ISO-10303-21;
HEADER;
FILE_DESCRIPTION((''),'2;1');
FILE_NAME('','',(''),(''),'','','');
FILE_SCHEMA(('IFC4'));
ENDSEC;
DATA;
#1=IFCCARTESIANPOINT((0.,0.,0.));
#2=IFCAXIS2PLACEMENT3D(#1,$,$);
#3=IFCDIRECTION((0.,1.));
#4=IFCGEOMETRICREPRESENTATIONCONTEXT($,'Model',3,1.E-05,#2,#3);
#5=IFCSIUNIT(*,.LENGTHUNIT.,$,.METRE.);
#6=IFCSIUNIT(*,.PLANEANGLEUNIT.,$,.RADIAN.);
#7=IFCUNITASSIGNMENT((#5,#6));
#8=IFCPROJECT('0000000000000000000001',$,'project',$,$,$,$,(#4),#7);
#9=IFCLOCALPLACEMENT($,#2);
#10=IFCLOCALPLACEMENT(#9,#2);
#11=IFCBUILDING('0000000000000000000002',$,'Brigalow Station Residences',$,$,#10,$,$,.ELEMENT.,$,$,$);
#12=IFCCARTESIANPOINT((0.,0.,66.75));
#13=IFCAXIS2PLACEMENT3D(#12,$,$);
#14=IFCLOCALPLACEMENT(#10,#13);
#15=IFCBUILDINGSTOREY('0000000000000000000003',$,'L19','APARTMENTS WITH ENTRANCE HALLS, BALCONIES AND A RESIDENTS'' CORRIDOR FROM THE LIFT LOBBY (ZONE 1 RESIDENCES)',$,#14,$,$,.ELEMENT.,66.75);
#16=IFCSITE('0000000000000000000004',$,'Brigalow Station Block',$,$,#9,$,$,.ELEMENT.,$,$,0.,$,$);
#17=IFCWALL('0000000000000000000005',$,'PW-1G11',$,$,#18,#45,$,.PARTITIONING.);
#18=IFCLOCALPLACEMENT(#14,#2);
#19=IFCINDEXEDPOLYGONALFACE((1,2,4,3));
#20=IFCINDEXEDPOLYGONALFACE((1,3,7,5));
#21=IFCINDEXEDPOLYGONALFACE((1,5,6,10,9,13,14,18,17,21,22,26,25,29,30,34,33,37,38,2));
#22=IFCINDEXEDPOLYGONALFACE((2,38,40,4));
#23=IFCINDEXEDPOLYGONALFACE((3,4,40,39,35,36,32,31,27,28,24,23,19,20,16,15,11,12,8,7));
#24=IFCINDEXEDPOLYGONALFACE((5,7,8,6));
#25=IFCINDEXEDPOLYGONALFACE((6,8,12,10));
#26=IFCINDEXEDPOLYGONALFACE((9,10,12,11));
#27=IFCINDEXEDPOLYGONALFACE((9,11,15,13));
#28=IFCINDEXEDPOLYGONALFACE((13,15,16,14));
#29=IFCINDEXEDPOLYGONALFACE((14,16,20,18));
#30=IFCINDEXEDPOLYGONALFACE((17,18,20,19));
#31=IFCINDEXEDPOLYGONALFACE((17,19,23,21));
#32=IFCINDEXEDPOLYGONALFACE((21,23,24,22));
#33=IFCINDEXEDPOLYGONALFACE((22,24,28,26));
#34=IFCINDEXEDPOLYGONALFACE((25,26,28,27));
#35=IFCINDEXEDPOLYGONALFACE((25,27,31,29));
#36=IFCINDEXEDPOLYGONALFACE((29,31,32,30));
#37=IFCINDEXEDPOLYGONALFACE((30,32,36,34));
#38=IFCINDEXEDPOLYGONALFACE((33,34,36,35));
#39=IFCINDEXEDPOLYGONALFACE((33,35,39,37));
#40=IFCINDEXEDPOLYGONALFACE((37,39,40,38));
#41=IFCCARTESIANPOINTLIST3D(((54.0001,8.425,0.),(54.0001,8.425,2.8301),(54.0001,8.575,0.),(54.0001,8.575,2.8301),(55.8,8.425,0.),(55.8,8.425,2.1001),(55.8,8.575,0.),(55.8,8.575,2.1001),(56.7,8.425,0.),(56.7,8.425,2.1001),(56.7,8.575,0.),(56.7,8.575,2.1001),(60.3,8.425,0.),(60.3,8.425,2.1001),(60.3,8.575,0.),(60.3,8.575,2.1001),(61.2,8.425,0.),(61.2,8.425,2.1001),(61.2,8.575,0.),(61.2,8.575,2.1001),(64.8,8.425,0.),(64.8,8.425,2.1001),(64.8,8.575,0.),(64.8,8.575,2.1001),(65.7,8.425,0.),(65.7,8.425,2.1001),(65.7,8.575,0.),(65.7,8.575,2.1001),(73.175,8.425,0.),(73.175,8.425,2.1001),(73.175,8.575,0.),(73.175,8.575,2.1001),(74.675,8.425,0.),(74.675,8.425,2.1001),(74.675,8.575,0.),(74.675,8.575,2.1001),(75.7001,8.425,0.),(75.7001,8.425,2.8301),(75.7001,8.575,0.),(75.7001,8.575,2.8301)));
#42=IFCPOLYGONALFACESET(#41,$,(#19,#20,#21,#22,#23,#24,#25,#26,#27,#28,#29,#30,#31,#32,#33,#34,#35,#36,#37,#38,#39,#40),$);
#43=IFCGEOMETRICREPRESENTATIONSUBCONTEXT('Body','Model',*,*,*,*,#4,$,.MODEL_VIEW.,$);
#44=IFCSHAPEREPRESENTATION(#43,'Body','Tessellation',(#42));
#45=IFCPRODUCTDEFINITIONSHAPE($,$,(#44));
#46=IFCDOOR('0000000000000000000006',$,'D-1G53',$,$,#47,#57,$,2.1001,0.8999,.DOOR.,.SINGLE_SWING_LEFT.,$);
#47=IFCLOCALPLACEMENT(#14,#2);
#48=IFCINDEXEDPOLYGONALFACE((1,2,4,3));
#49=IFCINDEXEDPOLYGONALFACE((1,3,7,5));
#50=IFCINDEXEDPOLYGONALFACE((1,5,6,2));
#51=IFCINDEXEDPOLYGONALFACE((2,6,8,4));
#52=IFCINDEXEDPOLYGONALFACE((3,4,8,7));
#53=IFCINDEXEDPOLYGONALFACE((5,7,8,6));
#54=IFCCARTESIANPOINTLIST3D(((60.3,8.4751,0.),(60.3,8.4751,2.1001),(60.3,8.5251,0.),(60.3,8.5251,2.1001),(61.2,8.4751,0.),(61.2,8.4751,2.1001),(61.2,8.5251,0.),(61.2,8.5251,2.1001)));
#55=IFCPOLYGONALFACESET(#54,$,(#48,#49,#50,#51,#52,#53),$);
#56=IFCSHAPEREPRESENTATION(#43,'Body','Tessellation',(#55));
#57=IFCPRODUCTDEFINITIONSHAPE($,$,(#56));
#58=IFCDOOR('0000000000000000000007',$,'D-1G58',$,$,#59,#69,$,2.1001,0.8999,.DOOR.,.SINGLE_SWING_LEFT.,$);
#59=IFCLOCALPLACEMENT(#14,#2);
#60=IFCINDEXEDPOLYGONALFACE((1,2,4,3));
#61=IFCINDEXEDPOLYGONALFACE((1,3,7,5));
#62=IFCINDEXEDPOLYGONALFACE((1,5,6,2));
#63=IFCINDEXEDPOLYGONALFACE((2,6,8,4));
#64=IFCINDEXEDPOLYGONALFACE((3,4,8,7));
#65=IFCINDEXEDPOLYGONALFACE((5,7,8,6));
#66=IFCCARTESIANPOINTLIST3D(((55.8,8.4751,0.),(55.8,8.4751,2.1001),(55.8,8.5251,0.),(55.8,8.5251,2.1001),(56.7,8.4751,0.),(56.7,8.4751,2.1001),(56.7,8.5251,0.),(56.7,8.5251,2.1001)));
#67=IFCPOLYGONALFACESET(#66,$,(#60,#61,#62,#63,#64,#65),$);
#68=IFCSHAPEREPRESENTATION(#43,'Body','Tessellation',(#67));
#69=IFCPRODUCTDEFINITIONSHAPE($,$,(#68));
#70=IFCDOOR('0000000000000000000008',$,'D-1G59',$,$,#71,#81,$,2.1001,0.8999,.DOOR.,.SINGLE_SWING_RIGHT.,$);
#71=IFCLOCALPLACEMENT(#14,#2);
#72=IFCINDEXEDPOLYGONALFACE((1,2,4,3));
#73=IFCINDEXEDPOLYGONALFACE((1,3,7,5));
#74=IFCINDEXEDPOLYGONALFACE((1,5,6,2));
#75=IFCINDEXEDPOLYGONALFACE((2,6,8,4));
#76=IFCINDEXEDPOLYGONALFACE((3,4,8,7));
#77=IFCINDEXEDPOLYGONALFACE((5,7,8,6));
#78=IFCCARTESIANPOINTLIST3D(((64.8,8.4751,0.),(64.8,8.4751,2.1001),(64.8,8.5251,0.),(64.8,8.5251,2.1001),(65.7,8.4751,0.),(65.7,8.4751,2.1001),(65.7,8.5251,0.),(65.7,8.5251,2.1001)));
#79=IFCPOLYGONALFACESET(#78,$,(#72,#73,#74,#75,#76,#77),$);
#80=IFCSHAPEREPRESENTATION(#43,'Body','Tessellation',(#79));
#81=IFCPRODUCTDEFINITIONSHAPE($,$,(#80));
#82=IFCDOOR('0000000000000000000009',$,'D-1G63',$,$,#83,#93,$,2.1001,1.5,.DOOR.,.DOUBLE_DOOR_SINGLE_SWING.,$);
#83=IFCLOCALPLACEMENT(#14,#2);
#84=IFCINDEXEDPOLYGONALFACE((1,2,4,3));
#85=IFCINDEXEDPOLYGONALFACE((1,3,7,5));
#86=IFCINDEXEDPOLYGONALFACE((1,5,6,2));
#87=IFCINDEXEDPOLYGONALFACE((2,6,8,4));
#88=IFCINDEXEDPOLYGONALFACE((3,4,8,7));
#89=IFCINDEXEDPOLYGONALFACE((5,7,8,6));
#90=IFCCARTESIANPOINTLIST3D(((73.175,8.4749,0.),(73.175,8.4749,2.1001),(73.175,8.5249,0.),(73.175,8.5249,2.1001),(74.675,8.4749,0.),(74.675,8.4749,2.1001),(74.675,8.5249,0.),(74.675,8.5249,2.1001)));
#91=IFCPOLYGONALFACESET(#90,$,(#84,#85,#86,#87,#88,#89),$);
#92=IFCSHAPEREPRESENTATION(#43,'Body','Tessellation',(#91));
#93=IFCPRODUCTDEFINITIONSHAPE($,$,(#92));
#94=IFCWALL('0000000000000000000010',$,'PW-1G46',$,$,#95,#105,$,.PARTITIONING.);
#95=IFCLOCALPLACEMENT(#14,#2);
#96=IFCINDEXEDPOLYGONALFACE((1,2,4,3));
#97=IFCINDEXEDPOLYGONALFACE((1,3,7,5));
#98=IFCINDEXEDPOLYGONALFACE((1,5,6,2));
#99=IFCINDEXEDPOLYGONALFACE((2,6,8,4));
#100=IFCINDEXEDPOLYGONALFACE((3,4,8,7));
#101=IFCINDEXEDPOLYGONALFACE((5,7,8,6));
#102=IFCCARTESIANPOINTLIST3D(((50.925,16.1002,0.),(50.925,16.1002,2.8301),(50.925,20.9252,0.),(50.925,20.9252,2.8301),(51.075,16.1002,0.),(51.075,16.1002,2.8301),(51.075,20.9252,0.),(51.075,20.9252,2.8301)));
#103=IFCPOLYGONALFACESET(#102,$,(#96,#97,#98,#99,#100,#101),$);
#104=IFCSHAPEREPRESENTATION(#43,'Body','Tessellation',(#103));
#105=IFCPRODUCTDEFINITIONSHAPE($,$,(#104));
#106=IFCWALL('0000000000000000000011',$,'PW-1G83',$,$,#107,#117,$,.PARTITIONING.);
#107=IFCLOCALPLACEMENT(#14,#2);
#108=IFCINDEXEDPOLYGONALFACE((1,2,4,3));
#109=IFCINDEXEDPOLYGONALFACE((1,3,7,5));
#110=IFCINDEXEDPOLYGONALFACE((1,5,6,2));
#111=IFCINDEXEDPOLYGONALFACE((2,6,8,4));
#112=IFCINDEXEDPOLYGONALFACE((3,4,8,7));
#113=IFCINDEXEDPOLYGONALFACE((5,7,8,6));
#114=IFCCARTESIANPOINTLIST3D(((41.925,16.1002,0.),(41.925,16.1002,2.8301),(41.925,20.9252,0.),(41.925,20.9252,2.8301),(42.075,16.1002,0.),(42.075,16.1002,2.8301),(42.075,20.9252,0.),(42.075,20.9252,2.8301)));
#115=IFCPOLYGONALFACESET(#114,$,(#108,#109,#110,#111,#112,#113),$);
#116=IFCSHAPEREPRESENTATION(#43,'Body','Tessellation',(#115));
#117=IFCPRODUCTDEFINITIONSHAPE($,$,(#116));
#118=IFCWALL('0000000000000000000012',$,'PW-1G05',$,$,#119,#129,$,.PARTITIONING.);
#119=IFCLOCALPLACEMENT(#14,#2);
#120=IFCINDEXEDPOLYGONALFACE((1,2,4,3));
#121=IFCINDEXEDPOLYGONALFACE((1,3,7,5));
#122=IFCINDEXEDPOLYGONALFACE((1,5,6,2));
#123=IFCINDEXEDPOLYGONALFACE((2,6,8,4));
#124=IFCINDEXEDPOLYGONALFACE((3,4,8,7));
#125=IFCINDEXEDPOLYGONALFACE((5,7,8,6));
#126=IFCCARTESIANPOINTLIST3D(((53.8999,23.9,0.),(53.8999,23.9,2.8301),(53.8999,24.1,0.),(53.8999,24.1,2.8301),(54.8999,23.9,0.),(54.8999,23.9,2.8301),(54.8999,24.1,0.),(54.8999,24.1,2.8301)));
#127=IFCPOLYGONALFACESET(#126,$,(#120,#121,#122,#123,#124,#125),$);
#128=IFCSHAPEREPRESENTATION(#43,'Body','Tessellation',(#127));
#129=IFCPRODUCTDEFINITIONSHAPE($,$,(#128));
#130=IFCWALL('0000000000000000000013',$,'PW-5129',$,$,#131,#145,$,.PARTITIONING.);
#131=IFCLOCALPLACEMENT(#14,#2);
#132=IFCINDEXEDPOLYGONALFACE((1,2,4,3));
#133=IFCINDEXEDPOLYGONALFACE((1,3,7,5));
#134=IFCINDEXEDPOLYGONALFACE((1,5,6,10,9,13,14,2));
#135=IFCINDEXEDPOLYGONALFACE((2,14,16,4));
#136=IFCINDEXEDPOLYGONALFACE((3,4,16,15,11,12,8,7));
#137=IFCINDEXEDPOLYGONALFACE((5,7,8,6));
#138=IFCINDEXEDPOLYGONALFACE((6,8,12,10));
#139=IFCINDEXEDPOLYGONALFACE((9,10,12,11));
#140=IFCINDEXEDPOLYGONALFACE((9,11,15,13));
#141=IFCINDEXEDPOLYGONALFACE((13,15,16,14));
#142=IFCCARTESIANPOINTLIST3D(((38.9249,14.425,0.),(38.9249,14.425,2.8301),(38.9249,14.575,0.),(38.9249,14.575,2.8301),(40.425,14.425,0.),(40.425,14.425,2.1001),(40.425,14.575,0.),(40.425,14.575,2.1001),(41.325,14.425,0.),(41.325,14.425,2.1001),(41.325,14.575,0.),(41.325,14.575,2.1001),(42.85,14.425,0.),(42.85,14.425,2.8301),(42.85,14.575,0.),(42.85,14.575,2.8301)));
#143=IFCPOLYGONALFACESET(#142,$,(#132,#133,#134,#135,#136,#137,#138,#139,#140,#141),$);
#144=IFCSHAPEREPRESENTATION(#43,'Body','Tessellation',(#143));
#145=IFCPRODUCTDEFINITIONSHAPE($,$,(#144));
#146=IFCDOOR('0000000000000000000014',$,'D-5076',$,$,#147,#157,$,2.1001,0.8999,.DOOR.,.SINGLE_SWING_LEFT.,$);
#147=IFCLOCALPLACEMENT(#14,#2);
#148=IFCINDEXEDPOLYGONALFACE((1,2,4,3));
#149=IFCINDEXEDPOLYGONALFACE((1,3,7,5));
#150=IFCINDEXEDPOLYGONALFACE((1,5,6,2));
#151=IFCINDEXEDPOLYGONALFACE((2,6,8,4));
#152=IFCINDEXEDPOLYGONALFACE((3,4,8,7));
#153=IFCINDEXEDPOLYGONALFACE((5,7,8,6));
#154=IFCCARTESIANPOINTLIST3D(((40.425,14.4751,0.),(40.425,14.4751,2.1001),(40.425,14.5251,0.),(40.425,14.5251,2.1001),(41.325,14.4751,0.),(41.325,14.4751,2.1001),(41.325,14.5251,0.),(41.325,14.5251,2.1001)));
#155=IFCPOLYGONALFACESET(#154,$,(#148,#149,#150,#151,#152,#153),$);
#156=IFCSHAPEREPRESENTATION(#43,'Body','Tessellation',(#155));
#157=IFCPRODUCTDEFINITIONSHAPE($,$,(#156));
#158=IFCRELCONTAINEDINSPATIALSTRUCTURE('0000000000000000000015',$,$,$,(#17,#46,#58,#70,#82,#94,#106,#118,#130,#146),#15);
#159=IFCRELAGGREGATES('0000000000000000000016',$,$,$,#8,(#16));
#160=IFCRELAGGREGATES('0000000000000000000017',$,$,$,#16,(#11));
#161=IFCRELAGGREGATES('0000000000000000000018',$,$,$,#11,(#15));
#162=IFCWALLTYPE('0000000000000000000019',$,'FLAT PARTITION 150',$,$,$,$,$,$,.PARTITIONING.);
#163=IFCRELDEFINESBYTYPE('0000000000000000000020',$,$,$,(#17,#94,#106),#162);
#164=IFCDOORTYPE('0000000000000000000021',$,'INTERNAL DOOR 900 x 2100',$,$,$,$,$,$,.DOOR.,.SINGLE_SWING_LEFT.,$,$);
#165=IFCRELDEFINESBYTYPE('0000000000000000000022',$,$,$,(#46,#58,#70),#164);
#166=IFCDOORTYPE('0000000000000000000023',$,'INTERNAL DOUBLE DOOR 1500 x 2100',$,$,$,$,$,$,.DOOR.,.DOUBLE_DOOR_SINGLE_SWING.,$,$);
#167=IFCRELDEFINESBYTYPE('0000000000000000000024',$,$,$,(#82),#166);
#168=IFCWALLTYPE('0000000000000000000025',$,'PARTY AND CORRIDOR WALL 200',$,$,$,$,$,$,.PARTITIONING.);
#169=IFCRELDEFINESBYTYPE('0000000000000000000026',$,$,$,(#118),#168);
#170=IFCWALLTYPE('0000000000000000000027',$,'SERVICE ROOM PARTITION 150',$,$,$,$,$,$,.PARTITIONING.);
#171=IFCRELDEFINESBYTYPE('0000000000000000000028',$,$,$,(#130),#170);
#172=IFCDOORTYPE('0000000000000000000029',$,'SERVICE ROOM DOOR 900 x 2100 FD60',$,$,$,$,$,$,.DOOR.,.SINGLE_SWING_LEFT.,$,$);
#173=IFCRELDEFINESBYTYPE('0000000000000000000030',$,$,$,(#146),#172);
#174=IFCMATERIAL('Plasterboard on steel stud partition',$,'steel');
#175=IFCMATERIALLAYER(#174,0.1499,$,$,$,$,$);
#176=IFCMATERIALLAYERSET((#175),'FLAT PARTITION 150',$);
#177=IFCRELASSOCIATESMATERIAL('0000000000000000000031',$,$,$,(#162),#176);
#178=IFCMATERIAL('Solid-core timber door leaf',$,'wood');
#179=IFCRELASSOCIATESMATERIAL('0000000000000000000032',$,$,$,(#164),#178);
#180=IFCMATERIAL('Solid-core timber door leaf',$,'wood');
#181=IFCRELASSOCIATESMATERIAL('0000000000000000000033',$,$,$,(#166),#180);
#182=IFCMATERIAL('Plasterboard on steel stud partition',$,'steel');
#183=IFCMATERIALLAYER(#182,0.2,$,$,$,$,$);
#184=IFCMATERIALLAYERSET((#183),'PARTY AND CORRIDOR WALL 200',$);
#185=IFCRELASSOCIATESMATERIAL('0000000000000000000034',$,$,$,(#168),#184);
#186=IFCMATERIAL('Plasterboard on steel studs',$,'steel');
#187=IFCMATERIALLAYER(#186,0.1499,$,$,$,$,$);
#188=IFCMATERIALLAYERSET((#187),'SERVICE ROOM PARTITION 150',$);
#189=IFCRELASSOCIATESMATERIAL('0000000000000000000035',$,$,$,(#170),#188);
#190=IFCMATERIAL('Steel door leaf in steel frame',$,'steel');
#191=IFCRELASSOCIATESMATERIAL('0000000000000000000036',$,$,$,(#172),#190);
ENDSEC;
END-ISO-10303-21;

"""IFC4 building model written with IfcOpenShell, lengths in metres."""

from ifc_helpers import new_model, si_unit, direction, frame, frame_2d, origin, place, context, subcontext, project, spatial, rectangle, extrude, material, layer, layer_set, type_object, element, fill, save


model = new_model("IFC4")

# Units and contexts
model_context = context("Model", 3, precision=1e-05, world=origin(), true_north=direction((0.0, 1.0)))
body_context = subcontext(model_context, "Body", "Model", "MODEL_VIEW")
ifc_project = project(units=[si_unit("LENGTHUNIT", "METRE"), si_unit("PLANEANGLEUNIT", "RADIAN")], contexts=[model_context])

# Site, building, storey
site_placement = place(None, origin())
site = spatial("IfcSite", under=ifc_project, at=site_placement, Name="Brigalow Station Block", CompositionType="ELEMENT", RefElevation=0.0)
building_placement = place(site_placement, origin())
building = spatial("IfcBuilding", under=site, at=building_placement, Name="Brigalow Station Residences", CompositionType="ELEMENT")
storey_placement = place(building_placement, frame((0.0, 0.0, 66.75)))
storey = spatial("IfcBuildingStorey", under=building, at=storey_placement, Name="L19", Description="APARTMENTS WITH ENTRANCE HALLS, BALCONIES AND A RESIDENTS' CORRIDOR FROM THE LIFT LOBBY (ZONE 1 RESIDENCES)", CompositionType="ELEMENT", Elevation=66.75)

# Wall, openings, doors
ifc_material_1 = material(Name="Plasterboard on steel stud partition", Category="steel")
ifc_layer_1 = layer(ifc_material_1, 0.1499)
ifc_layer_set_1 = layer_set([ifc_layer_1], Name="FLAT PARTITION 150")
wall_type_1 = type_object("IfcWallType", Name="FLAT PARTITION 150", PredefinedType="PARTITIONING", material=ifc_layer_set_1)
wall_1_placement = place(storey_placement, frame((54.0, 8.5, 0.0), z_axis=(0.0, 0.0, 1.0), x_axis=(1.0, 0.0, 0.0)))
wall_1 = element("IfcWall", 1, at=wall_1_placement, inside=storey, type_object=wall_type_1, Name="PW-1G11", PredefinedType="PARTITIONING", context=body_context, shape_type="SweptSolid", body=[
    extrude(rectangle(XDim=21.7, YDim=0.1499, at=frame_2d((10.8501, 0.0))), origin(), (0.0, 0.0, 1.0), 2.8301),
])
opening_1_placement = place(wall_1_placement, frame((6.3, 0.0, 0.0)))
opening_1 = element("IfcOpeningElement", 2, at=opening_1_placement, cuts=wall_1, PredefinedType="OPENING", context=body_context, shape_type="SweptSolid", body=[
    extrude(rectangle(XDim=0.8999, YDim=2.1001, at=frame_2d((0.45, 1.05))), frame((0.0, 0.085, 0.0), z_axis=(0.0, -1.0, 0.0), x_axis=(1.0, 0.0, 0.0)), (0.0, 0.0, 1.0), 0.1699),
])
opening_2_placement = place(wall_1_placement, frame((1.8, 0.0, 0.0)))
opening_2 = element("IfcOpeningElement", 3, at=opening_2_placement, cuts=wall_1, PredefinedType="OPENING", context=body_context, shape_type="SweptSolid", body=[
    extrude(rectangle(XDim=0.8999, YDim=2.1001, at=frame_2d((0.45, 1.05))), frame((0.0, 0.085, 0.0), z_axis=(0.0, -1.0, 0.0), x_axis=(1.0, 0.0, 0.0)), (0.0, 0.0, 1.0), 0.1699),
])
opening_3_placement = place(wall_1_placement, frame((10.8, 0.0, 0.0)))
opening_3 = element("IfcOpeningElement", 4, at=opening_3_placement, cuts=wall_1, PredefinedType="OPENING", context=body_context, shape_type="SweptSolid", body=[
    extrude(rectangle(XDim=0.8999, YDim=2.1001, at=frame_2d((0.45, 1.05))), frame((0.0, 0.085, 0.0), z_axis=(0.0, -1.0, 0.0), x_axis=(1.0, 0.0, 0.0)), (0.0, 0.0, 1.0), 0.1699),
])
opening_4_placement = place(wall_1_placement, frame((19.175, 0.0, 0.0)))
opening_4 = element("IfcOpeningElement", 5, at=opening_4_placement, cuts=wall_1, PredefinedType="OPENING", context=body_context, shape_type="SweptSolid", body=[
    extrude(rectangle(XDim=1.5, YDim=2.1001, at=frame_2d((0.75, 1.05))), frame((0.0, 0.085, 0.0), z_axis=(0.0, -1.0, 0.0), x_axis=(1.0, 0.0, 0.0)), (0.0, 0.0, 1.0), 0.1699),
])
ifc_material_2 = material(Name="Solid-core timber door leaf", Category="wood")
door_type_1 = type_object("IfcDoorType", Name="INTERNAL DOOR 900 x 2100", OperationType="SINGLE_SWING_LEFT", PredefinedType="DOOR", material=ifc_material_2)
door_1_placement = place(opening_1_placement, frame((0.8999, 0.0, 0.0), z_axis=(0.0, 0.0, 1.0), x_axis=(-1.0, 0.0, 0.0)))
door_1 = element("IfcDoor", 6, at=door_1_placement, inside=storey, type_object=door_type_1, Name="D-1G53", OperationType="SINGLE_SWING_LEFT", OverallHeight=2.1001, OverallWidth=0.8999, PredefinedType="DOOR", context=body_context, shape_type="SweptSolid", body=[
    extrude(rectangle(XDim=0.8999, YDim=2.1001, at=frame_2d((0.45, 1.05))), frame((0.0, 0.0249, 0.0), z_axis=(0.0, -1.0, 0.0), x_axis=(1.0, 0.0, 0.0)), (0.0, 0.0, 1.0), 0.05),
])
fill(opening_1, door_1)
door_2_placement = place(opening_2_placement, frame((0.8999, 0.0, 0.0), z_axis=(0.0, 0.0, 1.0), x_axis=(-1.0, 0.0, 0.0)))
door_2 = element("IfcDoor", 7, at=door_2_placement, inside=storey, type_object=door_type_1, Name="D-1G58", OperationType="SINGLE_SWING_LEFT", OverallHeight=2.1001, OverallWidth=0.8999, PredefinedType="DOOR", context=body_context, shape_type="SweptSolid", body=[
    extrude(rectangle(XDim=0.8999, YDim=2.1001, at=frame_2d((0.45, 1.05))), frame((0.0, 0.0249, 0.0), z_axis=(0.0, -1.0, 0.0), x_axis=(1.0, 0.0, 0.0)), (0.0, 0.0, 1.0), 0.05),
])
fill(opening_2, door_2)
door_3_placement = place(opening_3_placement, frame((0.8999, 0.0, 0.0), z_axis=(0.0, 0.0, 1.0), x_axis=(-1.0, 0.0, 0.0)))
door_3 = element("IfcDoor", 8, at=door_3_placement, inside=storey, type_object=door_type_1, Name="D-1G59", OperationType="SINGLE_SWING_RIGHT", OverallHeight=2.1001, OverallWidth=0.8999, PredefinedType="DOOR", context=body_context, shape_type="SweptSolid", body=[
    extrude(rectangle(XDim=0.8999, YDim=2.1001, at=frame_2d((0.45, 1.05))), frame((0.0, 0.0249, 0.0), z_axis=(0.0, -1.0, 0.0), x_axis=(1.0, 0.0, 0.0)), (0.0, 0.0, 1.0), 0.05),
])
fill(opening_3, door_3)
ifc_material_3 = material(Name="Solid-core timber door leaf", Category="wood")
door_type_2 = type_object("IfcDoorType", Name="INTERNAL DOUBLE DOOR 1500 x 2100", OperationType="DOUBLE_DOOR_SINGLE_SWING", PredefinedType="DOOR", material=ifc_material_3)
door_4_placement = place(opening_4_placement, origin())
door_4 = element("IfcDoor", 9, at=door_4_placement, inside=storey, type_object=door_type_2, Name="D-1G63", OperationType="DOUBLE_DOOR_SINGLE_SWING", OverallHeight=2.1001, OverallWidth=1.5, PredefinedType="DOOR", context=body_context, shape_type="SweptSolid", body=[
    extrude(rectangle(XDim=1.5, YDim=2.1001, at=frame_2d((0.75, 1.05))), frame((0.0, 0.0249, 0.0), z_axis=(0.0, -1.0, 0.0), x_axis=(1.0, 0.0, 0.0)), (0.0, 0.0, 1.0), 0.05),
])
fill(opening_4, door_4)

# Walls
for number, where, z_axis, x_axis, name in (
    (10, (51.0, 16.1001, 0.0), (0.0, 0.0, 1.0), (0.0, 1.0, 0.0), "PW-1G46"),
    (11, (42.0, 16.1001, 0.0), (0.0, 0.0, 1.0), (0.0, 1.0, 0.0), "PW-1G83"),
):
    element("IfcWall", number, at=place(storey_placement, frame(where, z_axis=z_axis, x_axis=x_axis)), inside=storey, type_object=wall_type_1, Name=name, PredefinedType="PARTITIONING", context=body_context, shape_type="SweptSolid", body=[
        extrude(rectangle(XDim=4.825, YDim=0.1499, at=frame_2d((2.4126, 0.0))), origin(), (0.0, 0.0, 1.0), 2.8301),
    ])
ifc_material_4 = material(Name="Plasterboard on steel stud partition", Category="steel")
ifc_layer_2 = layer(ifc_material_4, 0.2)
ifc_layer_set_2 = layer_set([ifc_layer_2], Name="PARTY AND CORRIDOR WALL 200")
wall_type_2 = type_object("IfcWallType", Name="PARTY AND CORRIDOR WALL 200", PredefinedType="PARTITIONING", material=ifc_layer_set_2)
wall_2_placement = place(storey_placement, frame((53.8999, 24.0, 0.0), z_axis=(0.0, 0.0, 1.0), x_axis=(1.0, 0.0, 0.0)))
element("IfcWall", 12, at=wall_2_placement, inside=storey, type_object=wall_type_2, Name="PW-1G05", PredefinedType="PARTITIONING", context=body_context, shape_type="SweptSolid", body=[
    extrude(rectangle(XDim=1.0, YDim=0.2, at=frame_2d((0.5, 0.0))), origin(), (0.0, 0.0, 1.0), 2.8301),
])

# Wall, opening, door
ifc_material_5 = material(Name="Plasterboard on steel studs", Category="steel")
ifc_layer_3 = layer(ifc_material_5, 0.1499)
ifc_layer_set_3 = layer_set([ifc_layer_3], Name="SERVICE ROOM PARTITION 150")
wall_type_3 = type_object("IfcWallType", Name="SERVICE ROOM PARTITION 150", PredefinedType="PARTITIONING", material=ifc_layer_set_3)
wall_3_placement = place(storey_placement, frame((38.925, 14.5, 0.0), z_axis=(0.0, 0.0, 1.0), x_axis=(1.0, 0.0, 0.0)))
wall_3 = element("IfcWall", 13, at=wall_3_placement, inside=storey, type_object=wall_type_3, Name="PW-5129", PredefinedType="PARTITIONING", context=body_context, shape_type="SweptSolid", body=[
    extrude(rectangle(XDim=3.925, YDim=0.1499, at=frame_2d((1.9624, 0.0))), origin(), (0.0, 0.0, 1.0), 2.8301),
])
opening_5_placement = place(wall_3_placement, frame((1.5, 0.0, 0.0)))
opening_5 = element("IfcOpeningElement", 14, at=opening_5_placement, cuts=wall_3, PredefinedType="OPENING", context=body_context, shape_type="SweptSolid", body=[
    extrude(rectangle(XDim=0.8999, YDim=2.1001, at=frame_2d((0.45, 1.05))), frame((0.0, 0.085, 0.0), z_axis=(0.0, -1.0, 0.0), x_axis=(1.0, 0.0, 0.0)), (0.0, 0.0, 1.0), 0.1699),
])
ifc_material_6 = material(Name="Steel door leaf in steel frame", Category="steel")
door_type_3 = type_object("IfcDoorType", Name="SERVICE ROOM DOOR 900 x 2100 FD60", OperationType="SINGLE_SWING_LEFT", PredefinedType="DOOR", material=ifc_material_6)
door_5_placement = place(opening_5_placement, frame((0.8999, 0.0, 0.0), z_axis=(0.0, 0.0, 1.0), x_axis=(-1.0, 0.0, 0.0)))
door_5 = element("IfcDoor", 15, at=door_5_placement, inside=storey, type_object=door_type_3, Name="D-5076", OperationType="SINGLE_SWING_LEFT", OverallHeight=2.1001, OverallWidth=0.8999, PredefinedType="DOOR", context=body_context, shape_type="SweptSolid", body=[
    extrude(rectangle(XDim=0.8999, YDim=2.1001, at=frame_2d((0.45, 1.05))), frame((0.0, 0.0249, 0.0), z_axis=(0.0, -1.0, 0.0), x_axis=(1.0, 0.0, 0.0)), (0.0, 0.0, 1.0), 0.05),
])
fill(opening_5, door_5)

save(model, "model.ifc")
